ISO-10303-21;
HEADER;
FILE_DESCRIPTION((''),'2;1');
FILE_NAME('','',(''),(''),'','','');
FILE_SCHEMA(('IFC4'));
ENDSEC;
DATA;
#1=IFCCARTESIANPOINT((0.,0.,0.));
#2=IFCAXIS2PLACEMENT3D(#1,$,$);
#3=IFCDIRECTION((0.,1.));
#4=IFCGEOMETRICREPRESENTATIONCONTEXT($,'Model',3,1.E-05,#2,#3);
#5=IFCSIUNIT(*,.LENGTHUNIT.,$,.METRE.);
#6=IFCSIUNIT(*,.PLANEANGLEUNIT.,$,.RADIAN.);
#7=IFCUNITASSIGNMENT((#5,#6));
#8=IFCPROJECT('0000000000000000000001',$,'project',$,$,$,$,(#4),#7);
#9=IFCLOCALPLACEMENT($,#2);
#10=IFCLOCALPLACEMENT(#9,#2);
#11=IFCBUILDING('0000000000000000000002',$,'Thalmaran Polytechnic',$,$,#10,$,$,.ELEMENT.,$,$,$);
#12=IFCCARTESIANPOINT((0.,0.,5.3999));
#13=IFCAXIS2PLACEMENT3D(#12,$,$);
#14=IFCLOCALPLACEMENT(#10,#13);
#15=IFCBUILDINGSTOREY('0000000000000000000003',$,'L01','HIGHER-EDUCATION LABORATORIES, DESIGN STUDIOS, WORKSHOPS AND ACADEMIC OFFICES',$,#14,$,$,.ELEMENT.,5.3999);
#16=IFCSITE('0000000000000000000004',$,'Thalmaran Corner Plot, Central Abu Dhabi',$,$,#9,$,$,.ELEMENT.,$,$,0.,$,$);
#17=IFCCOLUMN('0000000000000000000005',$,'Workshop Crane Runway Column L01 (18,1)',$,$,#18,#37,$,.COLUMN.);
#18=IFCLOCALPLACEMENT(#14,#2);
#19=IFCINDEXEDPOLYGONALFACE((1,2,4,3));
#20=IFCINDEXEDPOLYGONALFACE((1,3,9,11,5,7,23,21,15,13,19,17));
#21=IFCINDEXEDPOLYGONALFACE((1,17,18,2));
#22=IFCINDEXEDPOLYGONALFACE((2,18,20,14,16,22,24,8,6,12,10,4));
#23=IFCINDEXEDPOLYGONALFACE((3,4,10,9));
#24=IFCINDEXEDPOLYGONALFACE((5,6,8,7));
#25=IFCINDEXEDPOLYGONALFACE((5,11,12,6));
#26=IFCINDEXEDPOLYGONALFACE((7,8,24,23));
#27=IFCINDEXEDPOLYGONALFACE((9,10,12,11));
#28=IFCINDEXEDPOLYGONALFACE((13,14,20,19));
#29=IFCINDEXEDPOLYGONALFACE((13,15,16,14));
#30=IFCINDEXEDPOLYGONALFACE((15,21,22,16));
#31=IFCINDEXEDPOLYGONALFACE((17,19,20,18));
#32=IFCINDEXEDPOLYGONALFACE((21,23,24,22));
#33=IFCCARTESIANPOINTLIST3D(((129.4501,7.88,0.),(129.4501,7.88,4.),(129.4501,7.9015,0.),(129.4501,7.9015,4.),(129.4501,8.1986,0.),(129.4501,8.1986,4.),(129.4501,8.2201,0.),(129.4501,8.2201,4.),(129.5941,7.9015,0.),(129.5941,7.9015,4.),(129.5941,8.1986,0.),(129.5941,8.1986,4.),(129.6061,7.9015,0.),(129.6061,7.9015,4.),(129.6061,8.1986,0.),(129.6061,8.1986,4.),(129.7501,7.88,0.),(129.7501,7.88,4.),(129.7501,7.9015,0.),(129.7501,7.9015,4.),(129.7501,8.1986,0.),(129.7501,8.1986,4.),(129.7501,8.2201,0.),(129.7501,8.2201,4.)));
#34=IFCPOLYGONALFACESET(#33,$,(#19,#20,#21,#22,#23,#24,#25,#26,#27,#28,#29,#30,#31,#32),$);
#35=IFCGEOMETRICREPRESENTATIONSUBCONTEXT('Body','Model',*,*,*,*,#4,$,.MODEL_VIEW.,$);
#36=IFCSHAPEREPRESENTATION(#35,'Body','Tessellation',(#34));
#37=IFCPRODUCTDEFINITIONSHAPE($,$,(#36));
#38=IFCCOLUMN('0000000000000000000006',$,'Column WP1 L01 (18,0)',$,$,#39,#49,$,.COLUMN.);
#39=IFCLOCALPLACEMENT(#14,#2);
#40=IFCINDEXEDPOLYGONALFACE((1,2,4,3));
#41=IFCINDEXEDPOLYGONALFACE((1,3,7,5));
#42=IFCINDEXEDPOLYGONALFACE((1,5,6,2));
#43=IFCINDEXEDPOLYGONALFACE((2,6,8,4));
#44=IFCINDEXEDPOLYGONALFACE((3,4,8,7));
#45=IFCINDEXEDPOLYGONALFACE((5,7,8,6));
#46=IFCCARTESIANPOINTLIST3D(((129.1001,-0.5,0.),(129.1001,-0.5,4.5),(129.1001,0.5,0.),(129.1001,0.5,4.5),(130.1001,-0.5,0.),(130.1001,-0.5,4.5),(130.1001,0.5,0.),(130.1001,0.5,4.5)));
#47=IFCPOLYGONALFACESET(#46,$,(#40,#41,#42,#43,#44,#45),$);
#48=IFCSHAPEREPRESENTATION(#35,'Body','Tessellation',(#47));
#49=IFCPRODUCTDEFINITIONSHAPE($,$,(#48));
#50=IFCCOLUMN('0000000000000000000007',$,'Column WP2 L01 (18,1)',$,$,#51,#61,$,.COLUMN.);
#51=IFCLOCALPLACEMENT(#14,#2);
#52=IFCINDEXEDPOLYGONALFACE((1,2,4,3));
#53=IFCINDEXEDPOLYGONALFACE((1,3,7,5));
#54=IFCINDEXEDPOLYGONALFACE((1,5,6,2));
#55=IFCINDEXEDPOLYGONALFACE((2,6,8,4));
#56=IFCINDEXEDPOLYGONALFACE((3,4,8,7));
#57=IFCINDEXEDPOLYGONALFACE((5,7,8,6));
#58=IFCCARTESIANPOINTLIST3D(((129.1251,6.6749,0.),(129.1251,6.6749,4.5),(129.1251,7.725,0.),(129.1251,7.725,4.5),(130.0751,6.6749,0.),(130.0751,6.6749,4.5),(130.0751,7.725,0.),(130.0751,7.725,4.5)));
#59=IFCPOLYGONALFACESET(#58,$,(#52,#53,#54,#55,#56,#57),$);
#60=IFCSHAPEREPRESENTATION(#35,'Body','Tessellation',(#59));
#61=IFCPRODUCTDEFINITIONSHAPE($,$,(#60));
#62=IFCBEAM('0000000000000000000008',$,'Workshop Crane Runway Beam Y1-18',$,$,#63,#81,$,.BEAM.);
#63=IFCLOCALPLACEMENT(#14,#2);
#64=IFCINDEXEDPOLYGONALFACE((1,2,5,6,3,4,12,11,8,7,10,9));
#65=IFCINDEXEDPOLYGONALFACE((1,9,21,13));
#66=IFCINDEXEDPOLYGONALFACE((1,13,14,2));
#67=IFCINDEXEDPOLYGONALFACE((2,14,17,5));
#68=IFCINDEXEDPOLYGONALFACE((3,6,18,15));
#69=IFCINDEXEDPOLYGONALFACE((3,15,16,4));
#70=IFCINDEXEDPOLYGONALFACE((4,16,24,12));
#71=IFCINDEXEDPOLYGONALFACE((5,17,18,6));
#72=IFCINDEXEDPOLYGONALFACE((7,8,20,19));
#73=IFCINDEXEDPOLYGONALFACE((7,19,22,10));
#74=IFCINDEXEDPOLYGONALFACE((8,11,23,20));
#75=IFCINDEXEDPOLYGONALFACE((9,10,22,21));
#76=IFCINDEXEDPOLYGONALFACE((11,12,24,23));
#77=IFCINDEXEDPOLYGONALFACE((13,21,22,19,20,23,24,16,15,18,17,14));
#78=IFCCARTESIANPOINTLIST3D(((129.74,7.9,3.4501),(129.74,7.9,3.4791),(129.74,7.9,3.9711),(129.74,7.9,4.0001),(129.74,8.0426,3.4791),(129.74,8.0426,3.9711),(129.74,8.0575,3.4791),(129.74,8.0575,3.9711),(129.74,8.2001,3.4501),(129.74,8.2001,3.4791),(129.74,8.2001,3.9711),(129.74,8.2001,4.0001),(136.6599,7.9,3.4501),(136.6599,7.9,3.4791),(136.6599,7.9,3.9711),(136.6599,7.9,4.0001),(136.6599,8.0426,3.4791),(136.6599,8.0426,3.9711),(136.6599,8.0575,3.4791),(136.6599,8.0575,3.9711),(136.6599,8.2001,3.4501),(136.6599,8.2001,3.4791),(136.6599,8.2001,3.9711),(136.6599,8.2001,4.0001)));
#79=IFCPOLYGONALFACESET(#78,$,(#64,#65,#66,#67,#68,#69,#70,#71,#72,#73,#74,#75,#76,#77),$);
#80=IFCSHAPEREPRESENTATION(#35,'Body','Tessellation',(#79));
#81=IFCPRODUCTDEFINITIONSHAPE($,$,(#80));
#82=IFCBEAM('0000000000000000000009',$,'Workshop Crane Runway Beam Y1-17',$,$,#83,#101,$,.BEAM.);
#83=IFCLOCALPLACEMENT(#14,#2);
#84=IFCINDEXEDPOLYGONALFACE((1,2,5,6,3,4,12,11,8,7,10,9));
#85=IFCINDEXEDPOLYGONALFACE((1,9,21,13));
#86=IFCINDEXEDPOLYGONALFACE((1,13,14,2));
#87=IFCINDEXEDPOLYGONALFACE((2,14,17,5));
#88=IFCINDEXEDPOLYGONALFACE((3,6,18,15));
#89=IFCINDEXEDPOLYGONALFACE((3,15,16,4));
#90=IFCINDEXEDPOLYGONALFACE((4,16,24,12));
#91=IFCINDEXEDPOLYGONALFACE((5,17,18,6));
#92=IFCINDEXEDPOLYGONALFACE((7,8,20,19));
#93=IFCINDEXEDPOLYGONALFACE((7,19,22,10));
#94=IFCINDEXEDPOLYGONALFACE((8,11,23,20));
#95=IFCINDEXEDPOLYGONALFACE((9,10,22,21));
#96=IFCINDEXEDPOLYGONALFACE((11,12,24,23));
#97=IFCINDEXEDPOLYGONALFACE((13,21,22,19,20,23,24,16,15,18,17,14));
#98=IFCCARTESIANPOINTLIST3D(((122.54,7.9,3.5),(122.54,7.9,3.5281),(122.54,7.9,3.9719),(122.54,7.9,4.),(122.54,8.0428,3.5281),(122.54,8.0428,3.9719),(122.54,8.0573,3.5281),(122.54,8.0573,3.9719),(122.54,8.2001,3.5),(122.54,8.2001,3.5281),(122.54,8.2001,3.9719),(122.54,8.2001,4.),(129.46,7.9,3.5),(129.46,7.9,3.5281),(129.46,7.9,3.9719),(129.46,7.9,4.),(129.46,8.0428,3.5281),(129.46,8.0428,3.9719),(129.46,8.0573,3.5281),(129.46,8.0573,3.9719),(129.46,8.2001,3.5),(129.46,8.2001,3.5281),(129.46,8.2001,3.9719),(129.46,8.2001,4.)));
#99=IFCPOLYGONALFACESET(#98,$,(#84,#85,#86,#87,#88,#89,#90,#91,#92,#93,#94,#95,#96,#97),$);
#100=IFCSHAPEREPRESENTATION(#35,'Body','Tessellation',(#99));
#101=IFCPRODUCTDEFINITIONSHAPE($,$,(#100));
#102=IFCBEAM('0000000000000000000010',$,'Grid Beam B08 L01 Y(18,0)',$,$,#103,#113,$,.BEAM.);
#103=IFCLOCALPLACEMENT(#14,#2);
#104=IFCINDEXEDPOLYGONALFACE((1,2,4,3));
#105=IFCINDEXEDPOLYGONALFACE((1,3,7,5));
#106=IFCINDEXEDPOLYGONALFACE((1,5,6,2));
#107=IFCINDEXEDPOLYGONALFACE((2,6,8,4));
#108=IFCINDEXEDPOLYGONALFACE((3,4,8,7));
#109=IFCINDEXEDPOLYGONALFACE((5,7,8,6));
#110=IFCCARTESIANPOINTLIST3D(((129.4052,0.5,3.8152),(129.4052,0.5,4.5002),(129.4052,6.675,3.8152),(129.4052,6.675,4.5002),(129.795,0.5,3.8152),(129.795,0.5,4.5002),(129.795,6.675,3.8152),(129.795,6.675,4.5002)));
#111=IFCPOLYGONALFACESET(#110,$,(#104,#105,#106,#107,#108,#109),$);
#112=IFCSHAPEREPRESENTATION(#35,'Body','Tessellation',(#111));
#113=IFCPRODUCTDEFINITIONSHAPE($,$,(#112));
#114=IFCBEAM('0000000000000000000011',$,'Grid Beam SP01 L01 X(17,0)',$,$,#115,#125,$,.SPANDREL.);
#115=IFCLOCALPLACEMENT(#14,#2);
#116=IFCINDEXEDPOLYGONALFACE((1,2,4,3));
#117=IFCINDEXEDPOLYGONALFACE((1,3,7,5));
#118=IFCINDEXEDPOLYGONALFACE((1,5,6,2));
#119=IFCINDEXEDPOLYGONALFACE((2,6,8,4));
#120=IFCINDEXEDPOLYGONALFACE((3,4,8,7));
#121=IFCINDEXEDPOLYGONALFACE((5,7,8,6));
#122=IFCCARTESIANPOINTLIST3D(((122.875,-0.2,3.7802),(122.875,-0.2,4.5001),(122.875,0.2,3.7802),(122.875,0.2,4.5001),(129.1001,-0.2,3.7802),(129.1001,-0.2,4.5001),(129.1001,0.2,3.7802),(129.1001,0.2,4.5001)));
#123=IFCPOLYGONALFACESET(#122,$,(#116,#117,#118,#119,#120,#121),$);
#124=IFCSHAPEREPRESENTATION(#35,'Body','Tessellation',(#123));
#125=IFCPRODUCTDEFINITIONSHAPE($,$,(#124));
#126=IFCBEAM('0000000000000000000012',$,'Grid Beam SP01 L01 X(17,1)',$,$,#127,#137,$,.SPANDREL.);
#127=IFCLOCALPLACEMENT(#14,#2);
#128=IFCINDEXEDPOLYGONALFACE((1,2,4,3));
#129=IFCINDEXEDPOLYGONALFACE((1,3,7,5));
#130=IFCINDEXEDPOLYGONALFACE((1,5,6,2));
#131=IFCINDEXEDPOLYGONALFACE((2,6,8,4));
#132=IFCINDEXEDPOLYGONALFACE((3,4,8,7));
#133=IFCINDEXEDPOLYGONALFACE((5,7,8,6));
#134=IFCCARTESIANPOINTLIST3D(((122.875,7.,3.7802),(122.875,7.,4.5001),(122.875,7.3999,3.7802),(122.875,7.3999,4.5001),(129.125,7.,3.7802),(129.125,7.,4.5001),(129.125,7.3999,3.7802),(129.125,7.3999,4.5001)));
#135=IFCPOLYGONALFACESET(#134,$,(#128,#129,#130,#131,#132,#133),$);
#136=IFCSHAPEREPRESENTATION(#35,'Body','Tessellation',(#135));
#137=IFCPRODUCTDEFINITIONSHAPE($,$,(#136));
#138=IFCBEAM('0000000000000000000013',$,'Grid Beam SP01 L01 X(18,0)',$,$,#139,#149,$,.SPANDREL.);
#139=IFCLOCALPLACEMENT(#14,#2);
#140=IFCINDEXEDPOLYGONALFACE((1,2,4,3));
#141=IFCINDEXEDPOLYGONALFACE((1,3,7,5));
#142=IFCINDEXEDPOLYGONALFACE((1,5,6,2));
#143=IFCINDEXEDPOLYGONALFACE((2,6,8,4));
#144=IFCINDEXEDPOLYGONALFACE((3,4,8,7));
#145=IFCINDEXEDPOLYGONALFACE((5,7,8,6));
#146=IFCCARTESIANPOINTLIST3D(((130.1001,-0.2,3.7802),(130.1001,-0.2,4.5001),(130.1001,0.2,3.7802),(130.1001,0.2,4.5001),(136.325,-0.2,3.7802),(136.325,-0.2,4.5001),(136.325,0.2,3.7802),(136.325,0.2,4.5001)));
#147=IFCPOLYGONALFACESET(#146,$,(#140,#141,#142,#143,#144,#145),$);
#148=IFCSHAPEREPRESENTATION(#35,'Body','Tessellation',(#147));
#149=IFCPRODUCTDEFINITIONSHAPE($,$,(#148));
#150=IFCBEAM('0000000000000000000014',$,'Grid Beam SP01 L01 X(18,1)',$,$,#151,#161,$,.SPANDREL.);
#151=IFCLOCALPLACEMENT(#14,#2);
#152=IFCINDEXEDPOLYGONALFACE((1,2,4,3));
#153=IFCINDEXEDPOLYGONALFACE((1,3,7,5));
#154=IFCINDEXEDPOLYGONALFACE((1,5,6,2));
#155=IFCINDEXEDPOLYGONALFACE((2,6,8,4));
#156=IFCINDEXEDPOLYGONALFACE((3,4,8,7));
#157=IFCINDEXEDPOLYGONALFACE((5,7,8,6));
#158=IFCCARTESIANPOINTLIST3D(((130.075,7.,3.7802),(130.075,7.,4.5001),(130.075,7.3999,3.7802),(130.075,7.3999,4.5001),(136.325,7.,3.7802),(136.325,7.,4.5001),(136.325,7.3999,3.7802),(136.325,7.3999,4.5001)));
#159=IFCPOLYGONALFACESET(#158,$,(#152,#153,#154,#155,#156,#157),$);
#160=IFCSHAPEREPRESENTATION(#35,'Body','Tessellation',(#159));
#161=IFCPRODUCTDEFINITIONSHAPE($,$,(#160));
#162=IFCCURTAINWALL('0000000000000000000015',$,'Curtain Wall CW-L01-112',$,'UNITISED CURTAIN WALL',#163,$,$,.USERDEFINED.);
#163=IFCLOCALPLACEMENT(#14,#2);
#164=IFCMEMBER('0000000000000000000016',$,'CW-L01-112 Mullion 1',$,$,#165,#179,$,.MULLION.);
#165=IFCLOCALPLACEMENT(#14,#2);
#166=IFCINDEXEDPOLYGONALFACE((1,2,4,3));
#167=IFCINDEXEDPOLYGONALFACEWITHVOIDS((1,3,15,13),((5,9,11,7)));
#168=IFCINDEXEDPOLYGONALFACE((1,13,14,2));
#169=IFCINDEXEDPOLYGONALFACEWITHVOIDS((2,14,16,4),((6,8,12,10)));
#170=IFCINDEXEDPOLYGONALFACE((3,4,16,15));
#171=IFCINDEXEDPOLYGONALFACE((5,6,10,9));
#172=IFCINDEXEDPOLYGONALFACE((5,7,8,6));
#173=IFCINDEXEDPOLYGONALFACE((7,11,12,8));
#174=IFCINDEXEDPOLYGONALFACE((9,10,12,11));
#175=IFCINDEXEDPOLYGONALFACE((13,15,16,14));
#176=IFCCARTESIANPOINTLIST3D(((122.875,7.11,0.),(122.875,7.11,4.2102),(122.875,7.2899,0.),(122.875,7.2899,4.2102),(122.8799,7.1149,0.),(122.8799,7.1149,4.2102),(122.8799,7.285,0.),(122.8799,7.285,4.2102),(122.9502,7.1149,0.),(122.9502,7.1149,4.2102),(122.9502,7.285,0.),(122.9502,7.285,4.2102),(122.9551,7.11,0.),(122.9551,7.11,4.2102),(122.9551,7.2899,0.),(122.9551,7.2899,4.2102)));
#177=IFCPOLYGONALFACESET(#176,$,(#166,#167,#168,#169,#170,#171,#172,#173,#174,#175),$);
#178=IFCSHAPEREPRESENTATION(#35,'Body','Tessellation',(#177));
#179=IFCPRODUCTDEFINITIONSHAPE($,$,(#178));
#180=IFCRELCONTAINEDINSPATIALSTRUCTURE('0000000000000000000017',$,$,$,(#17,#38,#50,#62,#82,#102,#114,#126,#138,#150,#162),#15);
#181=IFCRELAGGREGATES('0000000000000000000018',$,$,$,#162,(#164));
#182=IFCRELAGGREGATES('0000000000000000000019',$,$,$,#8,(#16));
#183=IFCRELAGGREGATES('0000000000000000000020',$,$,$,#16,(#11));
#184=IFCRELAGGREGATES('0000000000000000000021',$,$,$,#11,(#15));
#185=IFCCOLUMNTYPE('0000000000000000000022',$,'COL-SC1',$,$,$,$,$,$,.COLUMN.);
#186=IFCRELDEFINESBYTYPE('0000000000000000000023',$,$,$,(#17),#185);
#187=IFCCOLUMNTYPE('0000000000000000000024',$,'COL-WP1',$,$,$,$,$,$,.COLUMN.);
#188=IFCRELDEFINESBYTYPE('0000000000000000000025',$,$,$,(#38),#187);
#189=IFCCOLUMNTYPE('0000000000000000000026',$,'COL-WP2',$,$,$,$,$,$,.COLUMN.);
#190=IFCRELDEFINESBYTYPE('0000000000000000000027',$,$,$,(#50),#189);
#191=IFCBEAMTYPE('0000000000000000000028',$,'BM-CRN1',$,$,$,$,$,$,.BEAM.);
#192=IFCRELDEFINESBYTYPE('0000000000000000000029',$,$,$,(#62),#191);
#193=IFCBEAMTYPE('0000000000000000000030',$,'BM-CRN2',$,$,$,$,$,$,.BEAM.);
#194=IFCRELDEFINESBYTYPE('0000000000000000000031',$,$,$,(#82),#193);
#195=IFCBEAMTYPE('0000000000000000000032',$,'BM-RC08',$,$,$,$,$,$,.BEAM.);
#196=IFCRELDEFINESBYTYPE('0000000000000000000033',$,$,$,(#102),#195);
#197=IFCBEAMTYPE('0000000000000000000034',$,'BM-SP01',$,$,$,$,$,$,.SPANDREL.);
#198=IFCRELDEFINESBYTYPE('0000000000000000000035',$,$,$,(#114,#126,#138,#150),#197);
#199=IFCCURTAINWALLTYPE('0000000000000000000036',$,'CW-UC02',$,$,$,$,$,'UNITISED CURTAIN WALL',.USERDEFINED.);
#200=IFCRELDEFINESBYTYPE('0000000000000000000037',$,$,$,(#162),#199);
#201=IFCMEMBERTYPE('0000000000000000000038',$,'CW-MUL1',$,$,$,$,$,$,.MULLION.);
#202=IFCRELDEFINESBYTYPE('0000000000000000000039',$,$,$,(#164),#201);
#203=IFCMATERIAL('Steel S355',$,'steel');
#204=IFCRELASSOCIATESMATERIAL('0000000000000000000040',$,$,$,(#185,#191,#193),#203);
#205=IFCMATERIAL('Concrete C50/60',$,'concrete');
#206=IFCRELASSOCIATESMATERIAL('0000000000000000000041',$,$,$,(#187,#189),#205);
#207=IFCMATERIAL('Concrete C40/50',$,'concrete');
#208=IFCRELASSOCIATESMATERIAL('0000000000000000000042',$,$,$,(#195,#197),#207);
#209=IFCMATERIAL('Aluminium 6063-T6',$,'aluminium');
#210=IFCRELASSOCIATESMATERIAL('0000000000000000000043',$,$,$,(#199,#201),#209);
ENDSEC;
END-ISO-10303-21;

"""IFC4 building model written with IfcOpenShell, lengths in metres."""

from ifc_helpers import new_model, si_unit, direction, frame, origin, origin_2d, place, context, subcontext, project, spatial, rectangle, hollow_rectangle, i_section, extrude, material, material_profile, profile_set, type_object, element, aggregate, save


model = new_model("IFC4")

# Units and contexts
model_context = context("Model", 3, precision=1e-05, world=origin(), true_north=direction((0.0, 1.0)))
body_context = subcontext(model_context, "Body", "Model", "MODEL_VIEW")
ifc_project = project(units=[si_unit("LENGTHUNIT", "METRE"), si_unit("PLANEANGLEUNIT", "RADIAN")], contexts=[model_context])

# Site, building, storey
site_placement = place(None, origin())
site = spatial("IfcSite", under=ifc_project, at=site_placement, Name="Thalmaran Corner Plot, Central Abu Dhabi", CompositionType="ELEMENT", RefElevation=0.0)
building_placement = place(site_placement, origin())
building = spatial("IfcBuilding", under=site, at=building_placement, Name="Thalmaran Polytechnic", CompositionType="ELEMENT")
storey_placement = place(building_placement, frame((0.0, 0.0, 5.3999)))
storey = spatial("IfcBuildingStorey", under=building, at=storey_placement, Name="L01", Description="HIGHER-EDUCATION LABORATORIES, DESIGN STUDIOS, WORKSHOPS AND ACADEMIC OFFICES", CompositionType="ELEMENT", Elevation=5.3999)

# Columns
ifc_material_1 = material(Name="Steel S355", Category="steel")
ifc_material_profile_1 = material_profile(ifc_material_1, i_section(OverallWidth=0.3, OverallDepth=0.3401, WebThickness=0.012, FlangeThickness=0.0215, at=origin_2d()), Name="HEB 340")
ifc_profile_set_1 = profile_set([ifc_material_profile_1], Name="Steel S355")
column_type_1 = type_object("IfcColumnType", Name="COL-SC1", PredefinedType="COLUMN", material=ifc_profile_set_1)
column_1_placement = place(storey_placement, frame((129.6001, 8.05, 0.0), z_axis=(0.0, 0.0, 1.0), x_axis=(1.0, 0.0, 0.0)))
element("IfcColumn", 1, at=column_1_placement, inside=storey, type_object=column_type_1, Name="Workshop Crane Runway Column L01 (18,1)", PredefinedType="COLUMN", context=body_context, shape_type="SweptSolid", body=[
    extrude(i_section(OverallWidth=0.3, OverallDepth=0.3401, WebThickness=0.012, FlangeThickness=0.0215, at=origin_2d()), origin(), (0.0, 0.0, 1.0), 4.0),
])
ifc_material_2 = material(Name="Concrete C50/60", Category="concrete")
ifc_material_profile_2 = material_profile(ifc_material_2, rectangle(XDim=1.0, YDim=1.0, at=origin_2d()), Name="RC 1000x1000")
ifc_profile_set_2 = profile_set([ifc_material_profile_2], Name="Concrete C50/60")
column_type_2 = type_object("IfcColumnType", Name="COL-WP1", PredefinedType="COLUMN", material=ifc_profile_set_2)
column_2_placement = place(storey_placement, frame((129.6001, 0.0, 0.0), z_axis=(0.0, 0.0, 1.0), x_axis=(1.0, 0.0, 0.0)))
element("IfcColumn", 2, at=column_2_placement, inside=storey, type_object=column_type_2, Name="Column WP1 L01 (18,0)", PredefinedType="COLUMN", context=body_context, shape_type="SweptSolid", body=[
    extrude(rectangle(XDim=1.0, YDim=1.0, at=origin_2d()), origin(), (0.0, 0.0, 1.0), 4.5),
])
ifc_material_profile_3 = material_profile(ifc_material_2, rectangle(XDim=0.95, YDim=1.05, at=origin_2d()), Name="RC 950x1050")
ifc_profile_set_3 = profile_set([ifc_material_profile_3], Name="Concrete C50/60")
column_type_3 = type_object("IfcColumnType", Name="COL-WP2", PredefinedType="COLUMN", material=ifc_profile_set_3)
column_3_placement = place(storey_placement, frame((129.6001, 7.2, 0.0), z_axis=(0.0, 0.0, 1.0), x_axis=(1.0, 0.0, 0.0)))
element("IfcColumn", 3, at=column_3_placement, inside=storey, type_object=column_type_3, Name="Column WP2 L01 (18,1)", PredefinedType="COLUMN", context=body_context, shape_type="SweptSolid", body=[
    extrude(rectangle(XDim=0.95, YDim=1.05, at=origin_2d()), origin(), (0.0, 0.0, 1.0), 4.5),
])

# Beams
ifc_material_profile_4 = material_profile(ifc_material_1, i_section(OverallWidth=0.3, OverallDepth=0.55, WebThickness=0.0149, FlangeThickness=0.0291, at=origin_2d()), Name="HEB 550")
ifc_profile_set_4 = profile_set([ifc_material_profile_4], Name="Steel S355")
beam_type_1 = type_object("IfcBeamType", Name="BM-CRN1", PredefinedType="BEAM", material=ifc_profile_set_4)
beam_1_placement = place(storey_placement, frame((129.74, 8.05, 3.7251), z_axis=(1.0, 0.0, 0.0), x_axis=(0.0, 1.0, 0.0)))
element("IfcBeam", 4, at=beam_1_placement, inside=storey, type_object=beam_type_1, Name="Workshop Crane Runway Beam Y1-18", PredefinedType="BEAM", context=body_context, shape_type="SweptSolid", body=[
    extrude(i_section(OverallWidth=0.3, OverallDepth=0.55, WebThickness=0.0149, FlangeThickness=0.0291, at=origin_2d()), origin(), (0.0, 0.0, 1.0), 6.9199),
])
ifc_material_profile_5 = material_profile(ifc_material_1, i_section(OverallWidth=0.3, OverallDepth=0.5, WebThickness=0.0144, FlangeThickness=0.0281, at=origin_2d()), Name="HEB 500")
ifc_profile_set_5 = profile_set([ifc_material_profile_5], Name="Steel S355")
beam_type_2 = type_object("IfcBeamType", Name="BM-CRN2", PredefinedType="BEAM", material=ifc_profile_set_5)
beam_2_placement = place(storey_placement, frame((122.54, 8.05, 3.75), z_axis=(1.0, 0.0, 0.0), x_axis=(0.0, 1.0, 0.0)))
element("IfcBeam", 5, at=beam_2_placement, inside=storey, type_object=beam_type_2, Name="Workshop Crane Runway Beam Y1-17", PredefinedType="BEAM", context=body_context, shape_type="SweptSolid", body=[
    extrude(i_section(OverallWidth=0.3, OverallDepth=0.5, WebThickness=0.0144, FlangeThickness=0.0281, at=origin_2d()), origin(), (0.0, 0.0, 1.0), 6.9199),
])
ifc_material_3 = material(Name="Concrete C40/50", Category="concrete")
ifc_material_profile_6 = material_profile(ifc_material_3, rectangle(XDim=0.3899, YDim=0.6851, at=origin_2d()), Name="RC 390x685")
ifc_profile_set_6 = profile_set([ifc_material_profile_6], Name="Concrete C40/50")
beam_type_3 = type_object("IfcBeamType", Name="BM-RC08", PredefinedType="BEAM", material=ifc_profile_set_6)
beam_3_placement = place(storey_placement, frame((129.6001, 0.5, 4.1577), z_axis=(0.0, 1.0, 0.0), x_axis=(-1.0, 0.0, 0.0)))
element("IfcBeam", 6, at=beam_3_placement, inside=storey, type_object=beam_type_3, Name="Grid Beam B08 L01 Y(18,0)", PredefinedType="BEAM", context=body_context, shape_type="SweptSolid", body=[
    extrude(rectangle(XDim=0.3899, YDim=0.6851, at=origin_2d()), origin(), (0.0, 0.0, 1.0), 6.175),
])
ifc_material_profile_7 = material_profile(ifc_material_3, rectangle(XDim=0.3999, YDim=0.72, at=origin_2d()), Name="RC 400x720")
ifc_profile_set_7 = profile_set([ifc_material_profile_7], Name="Concrete C40/50")
beam_type_4 = type_object("IfcBeamType", Name="BM-SP01", PredefinedType="SPANDREL", material=ifc_profile_set_7)
beam_4_placement = place(storey_placement, frame((122.875, 0.0, 4.1401), z_axis=(1.0, 0.0, 0.0), x_axis=(0.0, 1.0, 0.0)))
element("IfcBeam", 7, at=beam_4_placement, inside=storey, type_object=beam_type_4, Name="Grid Beam SP01 L01 X(17,0)", PredefinedType="SPANDREL", context=body_context, shape_type="SweptSolid", body=[
    extrude(rectangle(XDim=0.3999, YDim=0.72, at=origin_2d()), origin(), (0.0, 0.0, 1.0), 6.2251),
])
beam_5_placement = place(storey_placement, frame((122.875, 7.2, 4.1401), z_axis=(1.0, 0.0, 0.0), x_axis=(0.0, 1.0, 0.0)))
element("IfcBeam", 8, at=beam_5_placement, inside=storey, type_object=beam_type_4, Name="Grid Beam SP01 L01 X(17,1)", PredefinedType="SPANDREL", context=body_context, shape_type="SweptSolid", body=[
    extrude(rectangle(XDim=0.3999, YDim=0.72, at=origin_2d()), origin(), (0.0, 0.0, 1.0), 6.25),
])
beam_6_placement = place(storey_placement, frame((130.1001, 0.0, 4.1401), z_axis=(1.0, 0.0, 0.0), x_axis=(0.0, 1.0, 0.0)))
element("IfcBeam", 9, at=beam_6_placement, inside=storey, type_object=beam_type_4, Name="Grid Beam SP01 L01 X(18,0)", PredefinedType="SPANDREL", context=body_context, shape_type="SweptSolid", body=[
    extrude(rectangle(XDim=0.3999, YDim=0.72, at=origin_2d()), origin(), (0.0, 0.0, 1.0), 6.2249),
])
beam_7_placement = place(storey_placement, frame((130.075, 7.2, 4.1401), z_axis=(1.0, 0.0, 0.0), x_axis=(0.0, 1.0, 0.0)))
element("IfcBeam", 10, at=beam_7_placement, inside=storey, type_object=beam_type_4, Name="Grid Beam SP01 L01 X(18,1)", PredefinedType="SPANDREL", context=body_context, shape_type="SweptSolid", body=[
    extrude(rectangle(XDim=0.3999, YDim=0.72, at=origin_2d()), origin(), (0.0, 0.0, 1.0), 6.25),
])

# Curtain wall, member
ifc_material_4 = material(Name="Aluminium 6063-T6", Category="aluminium")
curtain_wall_type = type_object("IfcCurtainWallType", Name="CW-UC02", ElementType="UNITISED CURTAIN WALL", PredefinedType="USERDEFINED", material=ifc_material_4)
curtain_wall_1_placement = place(storey_placement, origin())
curtain_wall_1 = element("IfcCurtainWall", 11, at=curtain_wall_1_placement, inside=storey, type_object=curtain_wall_type, Name="Curtain Wall CW-L01-112", ObjectType="UNITISED CURTAIN WALL", PredefinedType="USERDEFINED")
ifc_material_profile_8 = material_profile(ifc_material_4, hollow_rectangle(XDim=0.0801, YDim=0.1799, WallThickness=0.0049, at=origin_2d()), Name="RHS 180x80x5.0")
ifc_profile_set_8 = profile_set([ifc_material_profile_8], Name="Aluminium 6063-T6")
member_type_1 = type_object("IfcMemberType", Name="CW-MUL1", PredefinedType="MULLION", material=ifc_profile_set_8)
member_1_placement = place(storey_placement, frame((122.915, 7.2, 0.0), z_axis=(0.0, 0.0, 1.0), x_axis=(1.0, 0.0, 0.0)))
member_1 = element("IfcMember", 12, at=member_1_placement, type_object=member_type_1, Name="CW-L01-112 Mullion 1", PredefinedType="MULLION", context=body_context, shape_type="SweptSolid", body=[
    extrude(hollow_rectangle(XDim=0.0801, YDim=0.1799, WallThickness=0.0049, at=origin_2d()), origin(), (0.0, 0.0, 1.0), 4.2102),
])

aggregate(curtain_wall_1, [member_1])

save(model, "model.ifc")
